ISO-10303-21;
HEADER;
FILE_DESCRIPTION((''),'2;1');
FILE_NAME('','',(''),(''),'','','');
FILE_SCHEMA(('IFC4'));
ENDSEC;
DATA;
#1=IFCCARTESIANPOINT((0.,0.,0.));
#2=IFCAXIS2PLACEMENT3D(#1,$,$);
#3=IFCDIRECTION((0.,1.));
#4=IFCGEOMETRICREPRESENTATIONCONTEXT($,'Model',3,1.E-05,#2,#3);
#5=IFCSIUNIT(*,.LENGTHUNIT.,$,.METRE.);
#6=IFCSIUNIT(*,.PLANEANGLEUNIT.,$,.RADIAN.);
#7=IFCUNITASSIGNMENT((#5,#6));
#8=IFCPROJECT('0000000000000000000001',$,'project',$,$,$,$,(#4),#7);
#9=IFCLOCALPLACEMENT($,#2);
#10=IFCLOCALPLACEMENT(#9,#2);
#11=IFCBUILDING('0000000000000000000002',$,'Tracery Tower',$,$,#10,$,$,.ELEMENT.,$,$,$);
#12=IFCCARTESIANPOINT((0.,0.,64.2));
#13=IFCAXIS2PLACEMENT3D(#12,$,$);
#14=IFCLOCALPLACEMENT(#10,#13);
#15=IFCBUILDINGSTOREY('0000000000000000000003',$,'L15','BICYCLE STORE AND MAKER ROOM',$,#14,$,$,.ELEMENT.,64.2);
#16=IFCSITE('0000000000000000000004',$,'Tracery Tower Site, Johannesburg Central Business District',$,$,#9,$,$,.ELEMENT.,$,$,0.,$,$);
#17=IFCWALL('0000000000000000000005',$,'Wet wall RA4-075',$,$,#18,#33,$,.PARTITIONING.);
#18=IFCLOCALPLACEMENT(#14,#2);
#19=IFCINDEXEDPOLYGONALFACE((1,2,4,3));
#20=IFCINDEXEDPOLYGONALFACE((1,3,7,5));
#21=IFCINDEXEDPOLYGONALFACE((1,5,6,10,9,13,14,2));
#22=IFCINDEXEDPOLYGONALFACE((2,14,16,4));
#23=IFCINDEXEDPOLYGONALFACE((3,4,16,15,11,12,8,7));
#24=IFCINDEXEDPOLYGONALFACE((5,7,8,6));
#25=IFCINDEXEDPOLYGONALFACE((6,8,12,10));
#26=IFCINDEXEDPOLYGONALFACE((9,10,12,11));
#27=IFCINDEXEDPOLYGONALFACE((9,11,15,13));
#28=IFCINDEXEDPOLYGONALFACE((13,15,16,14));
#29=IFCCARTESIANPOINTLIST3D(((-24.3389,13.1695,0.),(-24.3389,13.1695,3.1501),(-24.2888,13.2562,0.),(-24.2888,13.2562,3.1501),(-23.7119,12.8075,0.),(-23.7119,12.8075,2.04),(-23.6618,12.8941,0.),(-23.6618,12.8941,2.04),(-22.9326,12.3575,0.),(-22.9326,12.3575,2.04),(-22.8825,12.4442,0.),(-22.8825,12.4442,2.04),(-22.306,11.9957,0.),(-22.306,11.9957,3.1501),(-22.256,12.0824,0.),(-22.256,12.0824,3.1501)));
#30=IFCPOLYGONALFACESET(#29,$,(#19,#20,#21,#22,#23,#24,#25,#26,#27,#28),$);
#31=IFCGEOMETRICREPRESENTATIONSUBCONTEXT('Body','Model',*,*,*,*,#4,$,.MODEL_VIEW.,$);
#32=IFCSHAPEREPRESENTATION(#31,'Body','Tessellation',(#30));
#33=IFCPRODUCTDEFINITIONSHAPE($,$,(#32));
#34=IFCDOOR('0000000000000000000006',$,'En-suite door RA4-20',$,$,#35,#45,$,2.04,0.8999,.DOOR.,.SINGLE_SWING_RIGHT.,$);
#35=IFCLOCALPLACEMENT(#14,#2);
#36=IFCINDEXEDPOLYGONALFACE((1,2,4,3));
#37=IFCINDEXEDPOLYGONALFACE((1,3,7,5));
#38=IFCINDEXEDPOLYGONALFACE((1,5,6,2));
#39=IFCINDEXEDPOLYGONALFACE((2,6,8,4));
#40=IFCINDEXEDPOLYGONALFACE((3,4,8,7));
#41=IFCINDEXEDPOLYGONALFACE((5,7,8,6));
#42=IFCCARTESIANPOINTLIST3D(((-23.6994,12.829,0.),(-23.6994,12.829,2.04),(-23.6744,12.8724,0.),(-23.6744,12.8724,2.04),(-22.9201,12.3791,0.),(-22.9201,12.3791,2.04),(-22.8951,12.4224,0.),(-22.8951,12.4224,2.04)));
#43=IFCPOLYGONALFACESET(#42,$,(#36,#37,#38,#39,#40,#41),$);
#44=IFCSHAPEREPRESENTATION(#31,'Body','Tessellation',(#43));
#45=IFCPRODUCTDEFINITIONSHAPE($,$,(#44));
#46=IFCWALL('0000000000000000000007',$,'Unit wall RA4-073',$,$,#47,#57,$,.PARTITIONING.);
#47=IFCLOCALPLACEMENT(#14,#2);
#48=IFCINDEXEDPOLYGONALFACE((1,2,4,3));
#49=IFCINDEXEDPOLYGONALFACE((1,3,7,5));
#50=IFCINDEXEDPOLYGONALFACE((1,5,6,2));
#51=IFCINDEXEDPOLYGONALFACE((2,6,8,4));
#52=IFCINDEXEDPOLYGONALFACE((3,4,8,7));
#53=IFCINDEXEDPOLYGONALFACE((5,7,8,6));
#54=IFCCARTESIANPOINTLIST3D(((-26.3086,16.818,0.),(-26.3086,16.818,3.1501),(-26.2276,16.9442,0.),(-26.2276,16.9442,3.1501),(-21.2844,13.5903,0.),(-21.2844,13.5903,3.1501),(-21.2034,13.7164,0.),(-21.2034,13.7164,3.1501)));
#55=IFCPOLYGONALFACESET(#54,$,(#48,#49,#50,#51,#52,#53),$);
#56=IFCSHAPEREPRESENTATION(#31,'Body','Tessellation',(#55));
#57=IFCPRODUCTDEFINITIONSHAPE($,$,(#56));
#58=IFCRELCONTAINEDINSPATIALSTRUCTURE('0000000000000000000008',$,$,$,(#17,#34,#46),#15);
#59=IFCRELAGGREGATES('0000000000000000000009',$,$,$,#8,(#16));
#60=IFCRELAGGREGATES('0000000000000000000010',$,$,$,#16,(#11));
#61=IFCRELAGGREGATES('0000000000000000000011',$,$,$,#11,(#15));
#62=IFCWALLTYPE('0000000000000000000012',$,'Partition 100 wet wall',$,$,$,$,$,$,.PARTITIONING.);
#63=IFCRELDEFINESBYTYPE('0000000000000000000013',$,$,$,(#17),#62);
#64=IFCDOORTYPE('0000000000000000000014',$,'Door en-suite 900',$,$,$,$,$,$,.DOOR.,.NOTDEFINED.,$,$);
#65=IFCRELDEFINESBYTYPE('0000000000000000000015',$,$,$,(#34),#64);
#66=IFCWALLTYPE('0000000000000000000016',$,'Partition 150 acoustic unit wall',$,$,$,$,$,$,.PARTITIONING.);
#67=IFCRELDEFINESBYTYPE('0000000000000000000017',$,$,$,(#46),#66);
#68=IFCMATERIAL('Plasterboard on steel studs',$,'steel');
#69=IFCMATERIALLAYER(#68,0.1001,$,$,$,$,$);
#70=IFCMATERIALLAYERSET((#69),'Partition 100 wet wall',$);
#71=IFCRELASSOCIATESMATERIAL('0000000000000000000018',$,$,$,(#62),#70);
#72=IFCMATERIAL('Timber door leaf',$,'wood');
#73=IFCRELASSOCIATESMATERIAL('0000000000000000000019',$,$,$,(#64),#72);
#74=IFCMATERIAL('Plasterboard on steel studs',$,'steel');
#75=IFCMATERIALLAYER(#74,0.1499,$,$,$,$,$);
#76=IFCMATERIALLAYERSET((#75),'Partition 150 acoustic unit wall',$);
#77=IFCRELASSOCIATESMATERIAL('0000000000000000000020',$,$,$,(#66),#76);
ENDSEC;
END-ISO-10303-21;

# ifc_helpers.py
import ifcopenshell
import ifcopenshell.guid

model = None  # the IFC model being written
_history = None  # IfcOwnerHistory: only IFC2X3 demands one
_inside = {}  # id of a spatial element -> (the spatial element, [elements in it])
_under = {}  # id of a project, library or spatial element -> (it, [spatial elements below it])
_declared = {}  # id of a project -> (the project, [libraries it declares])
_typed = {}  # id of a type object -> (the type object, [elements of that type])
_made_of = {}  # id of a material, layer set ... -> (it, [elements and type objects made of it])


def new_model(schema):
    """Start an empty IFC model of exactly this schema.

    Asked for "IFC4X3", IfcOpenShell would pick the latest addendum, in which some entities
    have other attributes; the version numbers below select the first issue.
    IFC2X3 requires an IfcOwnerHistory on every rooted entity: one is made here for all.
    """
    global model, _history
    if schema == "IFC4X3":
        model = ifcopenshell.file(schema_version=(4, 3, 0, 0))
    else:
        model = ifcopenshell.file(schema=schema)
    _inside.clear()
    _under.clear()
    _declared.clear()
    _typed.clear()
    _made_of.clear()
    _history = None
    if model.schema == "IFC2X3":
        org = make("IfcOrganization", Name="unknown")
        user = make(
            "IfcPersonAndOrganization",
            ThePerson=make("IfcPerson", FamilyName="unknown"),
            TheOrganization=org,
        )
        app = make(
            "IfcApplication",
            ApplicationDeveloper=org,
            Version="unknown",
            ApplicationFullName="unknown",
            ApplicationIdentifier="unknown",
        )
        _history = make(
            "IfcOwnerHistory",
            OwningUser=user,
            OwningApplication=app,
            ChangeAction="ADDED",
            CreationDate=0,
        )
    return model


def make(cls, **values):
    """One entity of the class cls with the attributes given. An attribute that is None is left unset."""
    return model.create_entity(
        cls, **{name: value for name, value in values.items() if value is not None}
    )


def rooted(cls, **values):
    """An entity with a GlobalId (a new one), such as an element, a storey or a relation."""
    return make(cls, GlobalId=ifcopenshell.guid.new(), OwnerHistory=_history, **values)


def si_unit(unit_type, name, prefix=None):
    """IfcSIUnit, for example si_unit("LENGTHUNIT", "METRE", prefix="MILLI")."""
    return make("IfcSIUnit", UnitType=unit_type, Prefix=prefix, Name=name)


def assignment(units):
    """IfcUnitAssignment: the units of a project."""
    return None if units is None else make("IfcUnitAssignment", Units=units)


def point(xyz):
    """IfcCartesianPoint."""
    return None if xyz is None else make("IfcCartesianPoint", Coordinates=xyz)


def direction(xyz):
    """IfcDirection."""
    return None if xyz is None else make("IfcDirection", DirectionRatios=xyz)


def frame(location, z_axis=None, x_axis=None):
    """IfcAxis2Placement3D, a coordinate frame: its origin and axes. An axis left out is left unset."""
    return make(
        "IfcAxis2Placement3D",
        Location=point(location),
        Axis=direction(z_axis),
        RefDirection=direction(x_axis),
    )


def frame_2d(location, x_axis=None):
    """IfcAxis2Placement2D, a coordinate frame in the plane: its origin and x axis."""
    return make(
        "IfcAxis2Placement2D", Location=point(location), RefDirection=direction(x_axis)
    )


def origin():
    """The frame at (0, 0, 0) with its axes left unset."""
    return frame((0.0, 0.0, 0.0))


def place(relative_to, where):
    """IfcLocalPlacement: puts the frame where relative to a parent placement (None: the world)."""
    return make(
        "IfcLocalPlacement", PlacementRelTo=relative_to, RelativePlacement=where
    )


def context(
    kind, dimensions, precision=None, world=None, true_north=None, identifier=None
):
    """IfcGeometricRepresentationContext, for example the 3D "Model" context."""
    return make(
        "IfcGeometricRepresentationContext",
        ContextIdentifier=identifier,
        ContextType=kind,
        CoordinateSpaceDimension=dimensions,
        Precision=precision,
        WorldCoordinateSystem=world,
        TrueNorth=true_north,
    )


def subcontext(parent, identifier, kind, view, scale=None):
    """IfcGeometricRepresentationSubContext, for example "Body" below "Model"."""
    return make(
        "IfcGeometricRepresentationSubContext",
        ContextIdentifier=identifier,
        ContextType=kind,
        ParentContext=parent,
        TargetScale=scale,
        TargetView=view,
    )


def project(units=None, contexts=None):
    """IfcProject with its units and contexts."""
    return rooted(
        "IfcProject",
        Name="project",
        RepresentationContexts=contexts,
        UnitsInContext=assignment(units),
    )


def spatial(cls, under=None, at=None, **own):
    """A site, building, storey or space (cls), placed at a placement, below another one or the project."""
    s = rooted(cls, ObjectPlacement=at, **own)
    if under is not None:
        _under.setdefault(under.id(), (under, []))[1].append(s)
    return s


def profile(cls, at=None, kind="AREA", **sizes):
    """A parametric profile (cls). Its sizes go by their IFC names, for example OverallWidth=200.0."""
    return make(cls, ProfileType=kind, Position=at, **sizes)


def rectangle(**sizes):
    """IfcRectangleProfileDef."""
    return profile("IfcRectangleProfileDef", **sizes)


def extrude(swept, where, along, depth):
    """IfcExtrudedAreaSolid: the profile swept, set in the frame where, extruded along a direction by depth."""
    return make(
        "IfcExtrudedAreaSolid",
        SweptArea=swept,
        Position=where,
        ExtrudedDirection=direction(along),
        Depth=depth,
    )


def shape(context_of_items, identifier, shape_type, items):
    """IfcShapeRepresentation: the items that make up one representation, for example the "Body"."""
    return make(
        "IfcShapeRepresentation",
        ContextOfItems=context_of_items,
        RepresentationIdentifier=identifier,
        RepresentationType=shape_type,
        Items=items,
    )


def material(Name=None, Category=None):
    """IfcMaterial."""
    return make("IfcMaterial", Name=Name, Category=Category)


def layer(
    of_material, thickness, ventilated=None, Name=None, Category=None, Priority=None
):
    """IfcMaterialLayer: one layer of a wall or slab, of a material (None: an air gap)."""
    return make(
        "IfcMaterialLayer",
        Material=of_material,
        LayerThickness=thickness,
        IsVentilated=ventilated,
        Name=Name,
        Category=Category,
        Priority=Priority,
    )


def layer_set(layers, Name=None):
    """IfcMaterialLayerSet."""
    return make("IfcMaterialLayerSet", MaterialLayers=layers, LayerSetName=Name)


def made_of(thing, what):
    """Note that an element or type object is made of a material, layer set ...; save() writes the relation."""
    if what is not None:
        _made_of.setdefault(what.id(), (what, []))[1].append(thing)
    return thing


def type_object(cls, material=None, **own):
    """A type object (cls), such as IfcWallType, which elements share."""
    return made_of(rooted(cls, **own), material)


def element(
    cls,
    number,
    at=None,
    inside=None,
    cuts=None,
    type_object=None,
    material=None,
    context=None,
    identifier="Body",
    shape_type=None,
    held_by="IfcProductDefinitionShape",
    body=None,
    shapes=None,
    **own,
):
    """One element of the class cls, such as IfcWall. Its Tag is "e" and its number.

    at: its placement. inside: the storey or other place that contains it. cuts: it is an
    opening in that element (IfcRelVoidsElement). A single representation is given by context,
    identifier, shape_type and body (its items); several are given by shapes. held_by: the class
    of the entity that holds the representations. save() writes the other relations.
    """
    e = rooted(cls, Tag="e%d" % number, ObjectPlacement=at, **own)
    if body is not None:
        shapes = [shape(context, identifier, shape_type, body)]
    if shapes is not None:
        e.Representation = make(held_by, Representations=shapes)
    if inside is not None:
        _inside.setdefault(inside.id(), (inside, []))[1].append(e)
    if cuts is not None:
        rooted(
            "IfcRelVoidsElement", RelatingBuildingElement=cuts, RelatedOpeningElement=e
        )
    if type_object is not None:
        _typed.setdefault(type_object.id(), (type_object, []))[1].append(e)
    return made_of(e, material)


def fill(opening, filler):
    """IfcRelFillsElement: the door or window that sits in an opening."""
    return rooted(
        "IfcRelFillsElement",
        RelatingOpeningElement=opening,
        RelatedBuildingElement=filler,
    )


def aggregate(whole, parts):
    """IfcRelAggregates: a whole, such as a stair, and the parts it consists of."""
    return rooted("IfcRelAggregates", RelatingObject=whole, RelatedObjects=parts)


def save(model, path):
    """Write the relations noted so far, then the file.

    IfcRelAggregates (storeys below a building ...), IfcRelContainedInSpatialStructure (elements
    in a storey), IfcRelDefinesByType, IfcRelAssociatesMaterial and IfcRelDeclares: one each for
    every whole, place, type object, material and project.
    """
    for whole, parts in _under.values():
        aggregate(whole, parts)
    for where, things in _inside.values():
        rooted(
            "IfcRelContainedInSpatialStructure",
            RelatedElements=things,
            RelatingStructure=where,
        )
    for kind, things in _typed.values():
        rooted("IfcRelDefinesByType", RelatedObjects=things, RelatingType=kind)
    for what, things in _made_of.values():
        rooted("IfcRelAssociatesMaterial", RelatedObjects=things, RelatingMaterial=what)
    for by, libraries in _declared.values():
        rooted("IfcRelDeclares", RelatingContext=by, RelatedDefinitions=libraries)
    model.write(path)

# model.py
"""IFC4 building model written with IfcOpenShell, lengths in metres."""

from ifc_helpers import new_model, si_unit, direction, frame, frame_2d, origin, place, context, subcontext, project, spatial, rectangle, extrude, material, layer, layer_set, type_object, element, fill, save


model = new_model("IFC4")

# Units and contexts
model_context = context("Model", 3, precision=1e-05, world=origin(), true_north=direction((0.0, 1.0)))
body_context = subcontext(model_context, "Body", "Model", "MODEL_VIEW")
ifc_project = project(units=[si_unit("LENGTHUNIT", "METRE"), si_unit("PLANEANGLEUNIT", "RADIAN")], contexts=[model_context])

# Site, building, storey
site_placement = place(None, origin())
site = spatial("IfcSite", under=ifc_project, at=site_placement, Name="Tracery Tower Site, Johannesburg Central Business District", CompositionType="ELEMENT", RefElevation=0.0)
building_placement = place(site_placement, origin())
building = spatial("IfcBuilding", under=site, at=building_placement, Name="Tracery Tower", CompositionType="ELEMENT")
storey_placement = place(building_placement, frame((0.0, 0.0, 64.2)))
storey = spatial("IfcBuildingStorey", under=building, at=storey_placement, Name="L15", Description="BICYCLE STORE AND MAKER ROOM", CompositionType="ELEMENT", Elevation=64.2)

# Shared definitions
ifc_material_1 = material(Name="Plasterboard on steel studs", Category="steel")
ifc_layer_1 = layer(ifc_material_1, 0.1001)
ifc_layer_set_1 = layer_set([ifc_layer_1], Name="Partition 100 wet wall")
wall_type_1 = type_object("IfcWallType", Name="Partition 100 wet wall", PredefinedType="PARTITIONING", material=ifc_layer_set_1)
ifc_material_2 = material(Name="Timber door leaf", Category="wood")
door_type = type_object("IfcDoorType", Name="Door en-suite 900", OperationType="NOTDEFINED", PredefinedType="DOOR", material=ifc_material_2)

# Wall, opening, door
wall_1_placement = place(storey_placement, frame((-24.314, 13.2129, 0.0), z_axis=(0.0, 0.0, 1.0), x_axis=(0.866007, -0.500032, 0.0)))
wall_1 = element("IfcWall", 1, at=wall_1_placement, inside=storey, type_object=wall_type_1, Name="Wet wall RA4-075", PredefinedType="PARTITIONING", context=body_context, shape_type="SweptSolid", body=[
    extrude(rectangle(XDim=2.3474, YDim=0.1001, at=frame_2d((1.1738, 0.0))), origin(), (0.0, 0.0, 1.0), 3.1501),
])
opening_1_placement = place(wall_1_placement, frame((0.7241, 0.0, 0.0)))
opening_1 = element("IfcOpeningElement", 2, at=opening_1_placement, cuts=wall_1, PredefinedType="OPENING", context=body_context, shape_type="SweptSolid", body=[
    extrude(rectangle(XDim=0.8999, YDim=2.04, at=frame_2d((0.45, 1.02))), frame((0.0, 0.05, 0.0), z_axis=(0.0, -1.0, 0.0), x_axis=(1.0, 0.0, 0.0)), (0.0, 0.0, 1.0), 0.1001),
])
door_1_placement = place(opening_1_placement, origin())
door_1 = element("IfcDoor", 3, at=door_1_placement, inside=storey, type_object=door_type, Name="En-suite door RA4-20", OperationType="SINGLE_SWING_RIGHT", OverallHeight=2.04, OverallWidth=0.8999, PredefinedType="DOOR", context=body_context, shape_type="SweptSolid", body=[
    extrude(rectangle(XDim=0.8999, YDim=2.04, at=frame_2d((0.45, 1.02))), frame((0.0, 0.0249, 0.0), z_axis=(0.0, -1.0, 0.0), x_axis=(1.0, 0.0, 0.0)), (0.0, 0.0, 1.0), 0.05),
])
fill(opening_1, door_1)

# Wall
ifc_material_3 = material(Name="Plasterboard on steel studs", Category="steel")
ifc_layer_2 = layer(ifc_material_3, 0.1499)
ifc_layer_set_2 = layer_set([ifc_layer_2], Name="Partition 150 acoustic unit wall")
wall_type_2 = type_object("IfcWallType", Name="Partition 150 acoustic unit wall", PredefinedType="PARTITIONING", material=ifc_layer_set_2)
wall_2_placement = place(storey_placement, frame((-26.2681, 16.8811, 0.0), z_axis=(0.0, 0.0, 1.0), x_axis=(0.841334, -0.540516, 0.0)))
element("IfcWall", 4, at=wall_2_placement, inside=storey, type_object=wall_type_2, Name="Unit wall RA4-073", PredefinedType="PARTITIONING", context=body_context, shape_type="SweptSolid", body=[
    extrude(rectangle(XDim=5.9717, YDim=0.1499, at=frame_2d((2.9858, 0.0))), origin(), (0.0, 0.0, 1.0), 3.1501),
])

save(model, "model.ifc")
